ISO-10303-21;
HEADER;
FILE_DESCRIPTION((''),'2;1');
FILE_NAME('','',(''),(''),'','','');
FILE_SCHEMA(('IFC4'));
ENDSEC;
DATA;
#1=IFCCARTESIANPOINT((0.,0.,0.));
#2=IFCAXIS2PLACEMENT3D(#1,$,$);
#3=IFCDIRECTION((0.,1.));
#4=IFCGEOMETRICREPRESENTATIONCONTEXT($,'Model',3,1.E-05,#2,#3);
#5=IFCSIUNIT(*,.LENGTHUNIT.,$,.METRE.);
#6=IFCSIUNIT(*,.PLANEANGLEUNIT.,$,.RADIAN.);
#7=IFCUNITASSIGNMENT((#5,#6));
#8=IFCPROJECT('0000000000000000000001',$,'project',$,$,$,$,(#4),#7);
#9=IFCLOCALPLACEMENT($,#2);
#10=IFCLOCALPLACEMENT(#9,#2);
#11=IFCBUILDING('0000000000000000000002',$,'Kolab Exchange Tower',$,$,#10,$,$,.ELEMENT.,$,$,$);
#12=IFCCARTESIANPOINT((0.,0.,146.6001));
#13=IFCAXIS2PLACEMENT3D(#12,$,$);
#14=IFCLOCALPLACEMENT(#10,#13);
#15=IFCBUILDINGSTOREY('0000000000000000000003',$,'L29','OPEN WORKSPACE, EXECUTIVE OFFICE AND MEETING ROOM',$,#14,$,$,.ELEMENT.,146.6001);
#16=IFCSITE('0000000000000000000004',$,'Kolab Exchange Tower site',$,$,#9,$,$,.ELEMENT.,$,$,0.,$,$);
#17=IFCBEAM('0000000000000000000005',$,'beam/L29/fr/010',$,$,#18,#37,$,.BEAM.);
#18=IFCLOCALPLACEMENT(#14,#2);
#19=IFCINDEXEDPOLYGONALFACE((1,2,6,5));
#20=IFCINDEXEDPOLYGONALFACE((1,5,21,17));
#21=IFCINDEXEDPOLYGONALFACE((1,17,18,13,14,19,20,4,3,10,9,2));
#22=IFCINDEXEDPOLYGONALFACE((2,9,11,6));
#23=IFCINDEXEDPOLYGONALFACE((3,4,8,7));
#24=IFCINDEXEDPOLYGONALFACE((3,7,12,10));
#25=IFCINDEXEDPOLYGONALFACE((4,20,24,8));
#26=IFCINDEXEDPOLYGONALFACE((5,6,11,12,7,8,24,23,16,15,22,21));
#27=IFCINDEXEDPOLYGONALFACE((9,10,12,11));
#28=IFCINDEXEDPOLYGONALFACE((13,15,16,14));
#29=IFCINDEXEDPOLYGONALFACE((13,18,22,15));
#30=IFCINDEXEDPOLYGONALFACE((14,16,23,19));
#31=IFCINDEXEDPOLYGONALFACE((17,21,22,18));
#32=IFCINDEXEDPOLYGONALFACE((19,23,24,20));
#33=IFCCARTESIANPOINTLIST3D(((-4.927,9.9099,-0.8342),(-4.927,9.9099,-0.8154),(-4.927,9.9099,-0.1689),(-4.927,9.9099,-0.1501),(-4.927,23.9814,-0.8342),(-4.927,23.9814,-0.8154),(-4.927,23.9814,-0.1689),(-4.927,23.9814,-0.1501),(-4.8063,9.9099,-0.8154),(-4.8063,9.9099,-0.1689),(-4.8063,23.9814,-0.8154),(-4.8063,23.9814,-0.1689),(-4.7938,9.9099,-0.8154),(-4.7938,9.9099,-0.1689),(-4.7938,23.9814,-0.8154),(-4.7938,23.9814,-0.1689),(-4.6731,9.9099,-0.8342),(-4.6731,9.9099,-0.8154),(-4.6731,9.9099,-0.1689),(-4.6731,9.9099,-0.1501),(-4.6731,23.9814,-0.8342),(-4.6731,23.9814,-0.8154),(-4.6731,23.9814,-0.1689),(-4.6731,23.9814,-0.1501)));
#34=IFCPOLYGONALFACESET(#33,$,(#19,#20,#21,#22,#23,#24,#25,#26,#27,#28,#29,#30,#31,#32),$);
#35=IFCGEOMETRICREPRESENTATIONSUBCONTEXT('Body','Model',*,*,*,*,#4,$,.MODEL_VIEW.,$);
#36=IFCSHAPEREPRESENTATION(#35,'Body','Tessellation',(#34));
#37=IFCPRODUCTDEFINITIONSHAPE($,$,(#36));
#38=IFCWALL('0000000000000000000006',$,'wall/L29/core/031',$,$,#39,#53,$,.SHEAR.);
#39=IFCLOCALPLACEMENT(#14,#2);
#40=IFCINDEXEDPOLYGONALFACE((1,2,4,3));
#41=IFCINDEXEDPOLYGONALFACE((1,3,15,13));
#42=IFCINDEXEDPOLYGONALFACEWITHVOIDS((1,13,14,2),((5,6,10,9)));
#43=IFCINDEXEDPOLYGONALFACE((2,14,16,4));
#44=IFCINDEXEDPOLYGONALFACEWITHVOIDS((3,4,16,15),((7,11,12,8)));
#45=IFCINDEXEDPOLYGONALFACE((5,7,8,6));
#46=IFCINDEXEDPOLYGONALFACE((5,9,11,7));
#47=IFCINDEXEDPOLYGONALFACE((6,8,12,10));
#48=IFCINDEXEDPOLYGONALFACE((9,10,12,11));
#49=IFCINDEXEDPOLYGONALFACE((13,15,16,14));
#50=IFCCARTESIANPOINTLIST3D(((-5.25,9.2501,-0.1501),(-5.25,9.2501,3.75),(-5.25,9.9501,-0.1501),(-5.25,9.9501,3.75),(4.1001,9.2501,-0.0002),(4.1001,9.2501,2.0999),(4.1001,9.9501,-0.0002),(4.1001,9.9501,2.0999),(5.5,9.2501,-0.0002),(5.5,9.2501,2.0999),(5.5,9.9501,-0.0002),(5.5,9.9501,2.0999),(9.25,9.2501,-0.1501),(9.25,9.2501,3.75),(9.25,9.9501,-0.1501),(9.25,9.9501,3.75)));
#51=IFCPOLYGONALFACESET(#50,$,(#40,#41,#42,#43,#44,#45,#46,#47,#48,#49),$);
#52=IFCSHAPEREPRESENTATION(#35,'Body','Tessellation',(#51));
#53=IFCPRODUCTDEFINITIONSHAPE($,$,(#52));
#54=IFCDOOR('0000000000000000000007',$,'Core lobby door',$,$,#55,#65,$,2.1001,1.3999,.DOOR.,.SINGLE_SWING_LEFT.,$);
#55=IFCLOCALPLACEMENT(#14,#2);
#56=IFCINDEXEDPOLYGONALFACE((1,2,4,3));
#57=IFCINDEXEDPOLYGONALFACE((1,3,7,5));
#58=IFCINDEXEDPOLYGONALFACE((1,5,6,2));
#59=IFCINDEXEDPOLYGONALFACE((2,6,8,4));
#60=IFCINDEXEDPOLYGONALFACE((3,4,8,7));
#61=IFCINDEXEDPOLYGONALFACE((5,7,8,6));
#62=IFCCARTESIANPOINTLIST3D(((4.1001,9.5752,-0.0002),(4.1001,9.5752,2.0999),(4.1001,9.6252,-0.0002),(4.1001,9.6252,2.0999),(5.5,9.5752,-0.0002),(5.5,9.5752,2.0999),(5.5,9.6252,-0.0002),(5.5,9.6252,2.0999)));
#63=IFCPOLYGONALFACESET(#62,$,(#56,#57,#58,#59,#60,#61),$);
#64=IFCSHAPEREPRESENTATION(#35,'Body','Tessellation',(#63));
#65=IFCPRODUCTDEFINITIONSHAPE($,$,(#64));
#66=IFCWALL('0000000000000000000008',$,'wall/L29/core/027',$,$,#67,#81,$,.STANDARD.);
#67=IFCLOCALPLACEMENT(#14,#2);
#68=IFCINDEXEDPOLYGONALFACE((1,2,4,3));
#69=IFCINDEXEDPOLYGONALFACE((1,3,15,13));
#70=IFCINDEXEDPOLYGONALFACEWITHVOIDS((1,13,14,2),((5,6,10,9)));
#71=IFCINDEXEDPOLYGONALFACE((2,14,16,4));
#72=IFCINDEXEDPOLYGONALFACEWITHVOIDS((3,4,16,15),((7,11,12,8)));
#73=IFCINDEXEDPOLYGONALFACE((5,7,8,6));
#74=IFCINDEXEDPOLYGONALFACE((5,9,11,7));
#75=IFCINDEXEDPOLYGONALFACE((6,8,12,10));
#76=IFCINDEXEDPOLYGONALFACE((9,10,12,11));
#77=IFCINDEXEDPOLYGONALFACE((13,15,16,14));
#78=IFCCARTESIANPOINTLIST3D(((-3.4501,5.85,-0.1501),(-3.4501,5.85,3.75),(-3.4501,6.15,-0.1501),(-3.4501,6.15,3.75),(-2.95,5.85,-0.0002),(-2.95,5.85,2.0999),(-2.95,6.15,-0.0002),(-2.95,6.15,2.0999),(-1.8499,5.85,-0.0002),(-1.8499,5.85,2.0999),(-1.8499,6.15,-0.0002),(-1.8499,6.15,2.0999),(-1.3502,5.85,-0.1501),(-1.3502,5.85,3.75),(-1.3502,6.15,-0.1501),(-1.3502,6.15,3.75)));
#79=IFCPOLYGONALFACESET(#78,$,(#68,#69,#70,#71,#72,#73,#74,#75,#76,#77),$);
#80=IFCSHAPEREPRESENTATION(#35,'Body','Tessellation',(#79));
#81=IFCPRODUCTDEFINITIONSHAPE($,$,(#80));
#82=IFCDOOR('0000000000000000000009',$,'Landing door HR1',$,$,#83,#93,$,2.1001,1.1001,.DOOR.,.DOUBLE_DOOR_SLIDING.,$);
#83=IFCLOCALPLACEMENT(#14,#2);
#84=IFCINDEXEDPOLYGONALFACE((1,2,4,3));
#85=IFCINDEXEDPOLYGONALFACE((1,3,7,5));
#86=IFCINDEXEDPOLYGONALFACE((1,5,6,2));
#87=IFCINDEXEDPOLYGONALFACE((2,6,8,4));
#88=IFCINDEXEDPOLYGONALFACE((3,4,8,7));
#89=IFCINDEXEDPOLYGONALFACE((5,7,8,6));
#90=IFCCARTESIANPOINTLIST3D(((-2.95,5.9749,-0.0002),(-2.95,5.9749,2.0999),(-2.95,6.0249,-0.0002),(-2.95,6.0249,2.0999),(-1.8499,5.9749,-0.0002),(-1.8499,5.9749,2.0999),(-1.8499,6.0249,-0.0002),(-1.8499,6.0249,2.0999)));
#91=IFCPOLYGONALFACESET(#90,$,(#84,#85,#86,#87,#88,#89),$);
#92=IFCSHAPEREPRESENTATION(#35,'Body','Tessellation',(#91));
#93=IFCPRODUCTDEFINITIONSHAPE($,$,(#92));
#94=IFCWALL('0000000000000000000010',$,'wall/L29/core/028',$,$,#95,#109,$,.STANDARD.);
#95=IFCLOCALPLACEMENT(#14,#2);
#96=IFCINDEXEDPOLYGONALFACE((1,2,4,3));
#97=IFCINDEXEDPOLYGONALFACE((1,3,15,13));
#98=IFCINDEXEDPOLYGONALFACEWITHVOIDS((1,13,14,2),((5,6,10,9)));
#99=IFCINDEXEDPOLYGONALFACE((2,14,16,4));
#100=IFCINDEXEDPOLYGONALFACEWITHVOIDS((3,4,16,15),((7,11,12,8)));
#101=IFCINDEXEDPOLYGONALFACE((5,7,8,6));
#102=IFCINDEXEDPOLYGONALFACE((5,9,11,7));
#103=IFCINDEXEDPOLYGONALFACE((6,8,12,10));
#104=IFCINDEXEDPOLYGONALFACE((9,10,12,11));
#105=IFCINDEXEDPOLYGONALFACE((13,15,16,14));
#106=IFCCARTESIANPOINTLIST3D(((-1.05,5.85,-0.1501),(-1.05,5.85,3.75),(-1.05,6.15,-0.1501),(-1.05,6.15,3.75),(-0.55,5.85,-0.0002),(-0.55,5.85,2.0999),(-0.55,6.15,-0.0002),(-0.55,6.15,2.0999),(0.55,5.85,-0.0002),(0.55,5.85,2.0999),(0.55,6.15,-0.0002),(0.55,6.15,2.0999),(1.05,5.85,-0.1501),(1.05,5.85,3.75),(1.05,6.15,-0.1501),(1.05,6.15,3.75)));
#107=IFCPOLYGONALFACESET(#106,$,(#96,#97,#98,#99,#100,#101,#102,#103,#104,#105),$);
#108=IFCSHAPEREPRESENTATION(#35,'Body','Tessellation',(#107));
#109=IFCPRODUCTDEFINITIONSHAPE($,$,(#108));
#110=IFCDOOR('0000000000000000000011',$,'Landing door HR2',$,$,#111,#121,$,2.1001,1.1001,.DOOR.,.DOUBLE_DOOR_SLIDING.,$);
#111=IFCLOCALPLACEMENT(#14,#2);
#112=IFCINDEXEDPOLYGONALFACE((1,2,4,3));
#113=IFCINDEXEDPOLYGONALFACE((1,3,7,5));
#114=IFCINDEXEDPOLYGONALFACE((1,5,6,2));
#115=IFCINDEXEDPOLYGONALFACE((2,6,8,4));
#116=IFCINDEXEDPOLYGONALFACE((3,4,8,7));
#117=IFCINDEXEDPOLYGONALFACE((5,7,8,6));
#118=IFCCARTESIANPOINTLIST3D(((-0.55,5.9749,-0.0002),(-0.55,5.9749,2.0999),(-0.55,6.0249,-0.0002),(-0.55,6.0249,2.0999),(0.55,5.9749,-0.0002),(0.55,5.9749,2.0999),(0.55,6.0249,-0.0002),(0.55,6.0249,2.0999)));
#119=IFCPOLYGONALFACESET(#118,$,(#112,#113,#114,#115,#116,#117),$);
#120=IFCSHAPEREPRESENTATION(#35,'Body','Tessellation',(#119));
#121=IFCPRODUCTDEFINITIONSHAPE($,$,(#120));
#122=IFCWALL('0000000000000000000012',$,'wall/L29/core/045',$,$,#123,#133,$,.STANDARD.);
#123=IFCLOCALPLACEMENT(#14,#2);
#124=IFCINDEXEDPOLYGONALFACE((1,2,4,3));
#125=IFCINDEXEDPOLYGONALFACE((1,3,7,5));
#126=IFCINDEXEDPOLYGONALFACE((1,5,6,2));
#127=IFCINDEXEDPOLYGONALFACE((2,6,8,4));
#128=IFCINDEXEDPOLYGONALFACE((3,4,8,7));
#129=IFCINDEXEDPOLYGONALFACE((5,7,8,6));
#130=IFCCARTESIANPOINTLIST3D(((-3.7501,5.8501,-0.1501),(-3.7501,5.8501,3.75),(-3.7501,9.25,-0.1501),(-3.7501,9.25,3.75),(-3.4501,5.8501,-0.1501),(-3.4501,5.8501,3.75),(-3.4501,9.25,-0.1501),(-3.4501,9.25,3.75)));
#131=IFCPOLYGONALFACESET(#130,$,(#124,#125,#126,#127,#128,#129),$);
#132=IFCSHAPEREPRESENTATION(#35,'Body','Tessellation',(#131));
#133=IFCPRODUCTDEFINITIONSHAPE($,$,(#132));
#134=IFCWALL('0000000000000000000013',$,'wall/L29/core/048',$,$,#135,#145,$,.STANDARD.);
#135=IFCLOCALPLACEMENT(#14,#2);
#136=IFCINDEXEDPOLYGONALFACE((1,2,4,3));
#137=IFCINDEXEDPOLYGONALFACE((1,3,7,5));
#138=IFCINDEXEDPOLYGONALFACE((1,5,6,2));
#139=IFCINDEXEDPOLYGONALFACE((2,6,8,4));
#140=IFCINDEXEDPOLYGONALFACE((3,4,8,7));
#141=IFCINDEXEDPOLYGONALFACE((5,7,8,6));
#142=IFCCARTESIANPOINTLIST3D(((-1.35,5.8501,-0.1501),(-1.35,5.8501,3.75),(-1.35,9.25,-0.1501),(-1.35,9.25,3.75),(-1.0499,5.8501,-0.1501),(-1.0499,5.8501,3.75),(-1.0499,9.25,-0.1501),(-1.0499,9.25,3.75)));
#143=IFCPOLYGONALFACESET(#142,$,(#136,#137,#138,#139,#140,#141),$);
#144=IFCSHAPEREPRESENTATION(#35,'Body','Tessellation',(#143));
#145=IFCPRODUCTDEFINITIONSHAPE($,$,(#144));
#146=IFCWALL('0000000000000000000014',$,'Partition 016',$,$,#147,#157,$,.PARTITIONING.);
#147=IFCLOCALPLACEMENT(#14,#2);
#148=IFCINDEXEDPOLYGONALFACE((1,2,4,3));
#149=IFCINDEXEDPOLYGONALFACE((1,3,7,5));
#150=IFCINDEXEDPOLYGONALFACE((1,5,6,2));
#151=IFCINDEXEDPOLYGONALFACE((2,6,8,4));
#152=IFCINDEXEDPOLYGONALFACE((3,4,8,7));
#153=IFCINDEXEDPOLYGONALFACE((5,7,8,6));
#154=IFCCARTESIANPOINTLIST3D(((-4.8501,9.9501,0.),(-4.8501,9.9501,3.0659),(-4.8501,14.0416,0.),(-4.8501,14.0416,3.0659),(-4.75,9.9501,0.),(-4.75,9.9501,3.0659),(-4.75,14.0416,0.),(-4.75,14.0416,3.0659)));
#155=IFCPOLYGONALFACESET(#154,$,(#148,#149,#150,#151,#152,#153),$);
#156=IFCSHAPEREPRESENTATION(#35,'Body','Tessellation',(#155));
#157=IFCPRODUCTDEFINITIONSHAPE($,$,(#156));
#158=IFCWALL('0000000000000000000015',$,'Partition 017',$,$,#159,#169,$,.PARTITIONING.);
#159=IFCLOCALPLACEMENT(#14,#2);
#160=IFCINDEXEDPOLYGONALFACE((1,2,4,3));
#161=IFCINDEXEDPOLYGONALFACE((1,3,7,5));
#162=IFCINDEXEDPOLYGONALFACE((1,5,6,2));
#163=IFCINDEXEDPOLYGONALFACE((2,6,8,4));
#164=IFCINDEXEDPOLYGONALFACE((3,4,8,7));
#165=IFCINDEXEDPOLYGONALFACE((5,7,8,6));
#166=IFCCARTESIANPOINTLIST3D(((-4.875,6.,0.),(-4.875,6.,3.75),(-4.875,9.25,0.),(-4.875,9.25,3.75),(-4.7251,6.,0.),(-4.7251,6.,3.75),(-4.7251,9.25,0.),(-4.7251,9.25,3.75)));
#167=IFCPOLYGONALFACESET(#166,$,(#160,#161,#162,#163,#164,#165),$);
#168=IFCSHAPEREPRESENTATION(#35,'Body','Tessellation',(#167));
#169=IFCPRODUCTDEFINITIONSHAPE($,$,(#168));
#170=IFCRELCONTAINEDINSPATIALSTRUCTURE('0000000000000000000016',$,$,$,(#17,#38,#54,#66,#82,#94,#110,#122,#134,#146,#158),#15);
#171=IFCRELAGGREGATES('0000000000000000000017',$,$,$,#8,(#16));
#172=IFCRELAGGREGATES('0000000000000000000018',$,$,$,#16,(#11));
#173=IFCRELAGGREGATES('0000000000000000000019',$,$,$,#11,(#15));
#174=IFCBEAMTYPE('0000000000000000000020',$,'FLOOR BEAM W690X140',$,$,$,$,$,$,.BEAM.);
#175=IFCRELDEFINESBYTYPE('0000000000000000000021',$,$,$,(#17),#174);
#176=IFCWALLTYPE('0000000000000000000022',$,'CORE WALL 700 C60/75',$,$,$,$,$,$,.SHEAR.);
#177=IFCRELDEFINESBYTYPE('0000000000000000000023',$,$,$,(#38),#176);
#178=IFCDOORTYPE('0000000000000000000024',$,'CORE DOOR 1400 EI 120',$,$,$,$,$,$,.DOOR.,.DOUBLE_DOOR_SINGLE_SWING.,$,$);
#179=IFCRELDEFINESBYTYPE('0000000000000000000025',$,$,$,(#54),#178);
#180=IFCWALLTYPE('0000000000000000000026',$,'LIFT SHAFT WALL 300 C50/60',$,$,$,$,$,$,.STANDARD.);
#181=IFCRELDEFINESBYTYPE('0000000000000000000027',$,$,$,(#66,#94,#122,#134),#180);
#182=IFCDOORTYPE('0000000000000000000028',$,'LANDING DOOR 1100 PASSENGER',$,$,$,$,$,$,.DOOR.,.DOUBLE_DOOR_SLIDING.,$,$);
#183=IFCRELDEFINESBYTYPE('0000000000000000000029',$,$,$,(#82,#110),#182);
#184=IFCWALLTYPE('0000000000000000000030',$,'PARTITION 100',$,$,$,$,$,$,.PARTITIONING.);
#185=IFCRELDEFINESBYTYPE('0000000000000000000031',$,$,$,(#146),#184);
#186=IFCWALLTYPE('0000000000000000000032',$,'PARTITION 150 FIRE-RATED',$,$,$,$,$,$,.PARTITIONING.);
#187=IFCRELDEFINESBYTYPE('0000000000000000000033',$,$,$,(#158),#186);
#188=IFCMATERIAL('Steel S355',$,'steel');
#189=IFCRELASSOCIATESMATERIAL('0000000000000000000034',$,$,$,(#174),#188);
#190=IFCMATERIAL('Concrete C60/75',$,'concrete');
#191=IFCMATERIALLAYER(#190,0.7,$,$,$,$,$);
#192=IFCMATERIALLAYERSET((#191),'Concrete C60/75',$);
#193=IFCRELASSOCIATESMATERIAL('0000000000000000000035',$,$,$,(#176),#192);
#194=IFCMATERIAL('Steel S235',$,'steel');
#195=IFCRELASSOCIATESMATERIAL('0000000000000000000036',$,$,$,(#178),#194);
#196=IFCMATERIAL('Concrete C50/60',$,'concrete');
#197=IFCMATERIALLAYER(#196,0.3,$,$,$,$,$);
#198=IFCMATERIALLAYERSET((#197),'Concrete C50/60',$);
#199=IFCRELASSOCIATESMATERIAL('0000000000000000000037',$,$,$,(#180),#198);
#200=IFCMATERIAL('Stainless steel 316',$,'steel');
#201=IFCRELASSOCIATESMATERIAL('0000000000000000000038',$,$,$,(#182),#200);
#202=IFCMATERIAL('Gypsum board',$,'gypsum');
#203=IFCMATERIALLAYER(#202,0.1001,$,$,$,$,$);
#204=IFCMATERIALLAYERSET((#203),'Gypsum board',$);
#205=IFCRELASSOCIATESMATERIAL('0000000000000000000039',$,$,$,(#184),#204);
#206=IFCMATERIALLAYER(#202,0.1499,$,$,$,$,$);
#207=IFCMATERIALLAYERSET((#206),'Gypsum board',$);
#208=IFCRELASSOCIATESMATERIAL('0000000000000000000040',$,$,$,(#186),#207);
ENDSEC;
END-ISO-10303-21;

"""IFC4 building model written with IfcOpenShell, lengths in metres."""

from ifc_helpers import new_model, si_unit, direction, frame, frame_2d, origin, origin_2d, place, context, subcontext, project, spatial, rectangle, i_section, extrude, material, layer, layer_set, material_profile, profile_set, type_object, element, fill, save


model = new_model("IFC4")

# Units and contexts
model_context = context("Model", 3, precision=1e-05, world=origin(), true_north=direction((0.0, 1.0)))
body_context = subcontext(model_context, "Body", "Model", "MODEL_VIEW")
ifc_project = project(units=[si_unit("LENGTHUNIT", "METRE"), si_unit("PLANEANGLEUNIT", "RADIAN")], contexts=[model_context])

# Site, building, storey
site_placement = place(None, origin())
site = spatial("IfcSite", under=ifc_project, at=site_placement, Name="Kolab Exchange Tower site", CompositionType="ELEMENT", RefElevation=0.0)
building_placement = place(site_placement, origin())
building = spatial("IfcBuilding", under=site, at=building_placement, Name="Kolab Exchange Tower", CompositionType="ELEMENT")
storey_placement = place(building_placement, frame((0.0, 0.0, 146.6001)))
storey = spatial("IfcBuildingStorey", under=building, at=storey_placement, Name="L29", Description="OPEN WORKSPACE, EXECUTIVE OFFICE AND MEETING ROOM", CompositionType="ELEMENT", Elevation=146.6001)

# Beam
ifc_material_1 = material(Name="Steel S355", Category="steel")
ifc_material_profile = material_profile(ifc_material_1, i_section(OverallWidth=0.2539, OverallDepth=0.6841, WebThickness=0.0125, FlangeThickness=0.0188, at=origin_2d()), Name="W690X140")
ifc_profile_set = profile_set([ifc_material_profile], Name="Steel S355")
beam_type = type_object("IfcBeamType", Name="FLOOR BEAM W690X140", PredefinedType="BEAM", material=ifc_profile_set)
beam_placement = place(storey_placement, frame((-4.8, 9.9099, -0.4922), z_axis=(0.0, 1.0, 0.0), x_axis=(-1.0, 0.0, 0.0)))
element("IfcBeam", 1, at=beam_placement, inside=storey, type_object=beam_type, Name="beam/L29/fr/010", PredefinedType="BEAM", context=body_context, shape_type="SweptSolid", body=[
    extrude(i_section(OverallWidth=0.2539, OverallDepth=0.6841, WebThickness=0.0125, FlangeThickness=0.0188, at=origin_2d()), origin(), (0.0, 0.0, 1.0), 14.0715),
])

# Walls, openings, doors
ifc_material_2 = material(Name="Concrete C60/75", Category="concrete")
ifc_layer_1 = layer(ifc_material_2, 0.7)
ifc_layer_set_1 = layer_set([ifc_layer_1], Name="Concrete C60/75")
wall_type_1 = type_object("IfcWallType", Name="CORE WALL 700 C60/75", PredefinedType="SHEAR", material=ifc_layer_set_1)
wall_1_placement = place(storey_placement, frame((-5.25, 9.6001, -0.1501), z_axis=(0.0, 0.0, 1.0), x_axis=(1.0, 0.0, 0.0)))
wall_1 = element("IfcWall", 2, at=wall_1_placement, inside=storey, type_object=wall_type_1, Name="wall/L29/core/031", PredefinedType="SHEAR", context=body_context, shape_type="SweptSolid", body=[
    extrude(rectangle(XDim=14.5, YDim=0.7, at=frame_2d((7.25, 0.0))), origin(), (0.0, 0.0, 1.0), 3.9001),
])
opening_1_placement = place(wall_1_placement, frame((9.3501, 0.0, 0.1499)))
opening_1 = element("IfcOpeningElement", 3, at=opening_1_placement, cuts=wall_1, PredefinedType="OPENING", context=body_context, shape_type="SweptSolid", body=[
    extrude(rectangle(XDim=1.3999, YDim=2.1001, at=frame_2d((0.7, 1.05))), frame((0.0, 0.3599, 0.0), z_axis=(0.0, -1.0, 0.0), x_axis=(1.0, 0.0, 0.0)), (0.0, 0.0, 1.0), 0.72),
])
ifc_material_3 = material(Name="Steel S235", Category="steel")
door_type_1 = type_object("IfcDoorType", Name="CORE DOOR 1400 EI 120", OperationType="DOUBLE_DOOR_SINGLE_SWING", PredefinedType="DOOR", material=ifc_material_3)
door_1_placement = place(opening_1_placement, frame((1.3999, 0.0, 0.0), z_axis=(0.0, 0.0, 1.0), x_axis=(-1.0, 0.0, 0.0)))
door_1 = element("IfcDoor", 4, at=door_1_placement, inside=storey, type_object=door_type_1, Name="Core lobby door", OperationType="SINGLE_SWING_LEFT", OverallHeight=2.1001, OverallWidth=1.3999, PredefinedType="DOOR", context=body_context, shape_type="SweptSolid", body=[
    extrude(rectangle(XDim=1.3999, YDim=2.1001, at=frame_2d((0.7, 1.05))), frame((0.0, 0.0249, 0.0), z_axis=(0.0, -1.0, 0.0), x_axis=(1.0, 0.0, 0.0)), (0.0, 0.0, 1.0), 0.05),
])
fill(opening_1, door_1)
ifc_material_4 = material(Name="Concrete C50/60", Category="concrete")
ifc_layer_2 = layer(ifc_material_4, 0.3)
ifc_layer_set_2 = layer_set([ifc_layer_2], Name="Concrete C50/60")
wall_type_2 = type_object("IfcWallType", Name="LIFT SHAFT WALL 300 C50/60", PredefinedType="STANDARD", material=ifc_layer_set_2)
wall_2_placement = place(storey_placement, frame((-3.45, 6.0, -0.1501), z_axis=(0.0, 0.0, 1.0), x_axis=(1.0, 0.0, 0.0)))
wall_2 = element("IfcWall", 5, at=wall_2_placement, inside=storey, type_object=wall_type_2, Name="wall/L29/core/027", PredefinedType="STANDARD", context=body_context, shape_type="SweptSolid", body=[
    extrude(rectangle(XDim=2.0999, YDim=0.3, at=frame_2d((1.0498, 0.0))), origin(), (0.0, 0.0, 1.0), 3.9001),
])
opening_2_placement = place(wall_2_placement, frame((0.5, 0.0, 0.1499)))
opening_2 = element("IfcOpeningElement", 6, at=opening_2_placement, cuts=wall_2, PredefinedType="OPENING", context=body_context, shape_type="SweptSolid", body=[
    extrude(rectangle(XDim=1.1001, YDim=2.1001, at=frame_2d((0.55, 1.05))), frame((0.0, 0.1602, 0.0), z_axis=(0.0, -1.0, 0.0), x_axis=(1.0, 0.0, 0.0)), (0.0, 0.0, 1.0), 0.3201),
])
ifc_material_5 = material(Name="Stainless steel 316", Category="steel")
door_type_2 = type_object("IfcDoorType", Name="LANDING DOOR 1100 PASSENGER", OperationType="DOUBLE_DOOR_SLIDING", PredefinedType="DOOR", material=ifc_material_5)
door_2_placement = place(opening_2_placement, origin())
door_2 = element("IfcDoor", 7, at=door_2_placement, inside=storey, type_object=door_type_2, Name="Landing door HR1", OperationType="DOUBLE_DOOR_SLIDING", OverallHeight=2.1001, OverallWidth=1.1001, PredefinedType="DOOR", context=body_context, shape_type="SweptSolid", body=[
    extrude(rectangle(XDim=1.1001, YDim=2.1001, at=frame_2d((0.55, 1.05))), frame((0.0, 0.0249, 0.0), z_axis=(0.0, -1.0, 0.0), x_axis=(1.0, 0.0, 0.0)), (0.0, 0.0, 1.0), 0.05),
])
fill(opening_2, door_2)
wall_3_placement = place(storey_placement, frame((-1.05, 6.0, -0.1501), z_axis=(0.0, 0.0, 1.0), x_axis=(1.0, 0.0, 0.0)))
wall_3 = element("IfcWall", 8, at=wall_3_placement, inside=storey, type_object=wall_type_2, Name="wall/L29/core/028", PredefinedType="STANDARD", context=body_context, shape_type="SweptSolid", body=[
    extrude(rectangle(XDim=2.1001, YDim=0.3, at=frame_2d((1.05, 0.0))), origin(), (0.0, 0.0, 1.0), 3.9001),
])
opening_3_placement = place(wall_3_placement, frame((0.5, 0.0, 0.1499)))
opening_3 = element("IfcOpeningElement", 9, at=opening_3_placement, cuts=wall_3, PredefinedType="OPENING", context=body_context, shape_type="SweptSolid", body=[
    extrude(rectangle(XDim=1.1001, YDim=2.1001, at=frame_2d((0.55, 1.05))), frame((0.0, 0.1602, 0.0), z_axis=(0.0, -1.0, 0.0), x_axis=(1.0, 0.0, 0.0)), (0.0, 0.0, 1.0), 0.3201),
])
door_3_placement = place(opening_3_placement, origin())
door_3 = element("IfcDoor", 10, at=door_3_placement, inside=storey, type_object=door_type_2, Name="Landing door HR2", OperationType="DOUBLE_DOOR_SLIDING", OverallHeight=2.1001, OverallWidth=1.1001, PredefinedType="DOOR", context=body_context, shape_type="SweptSolid", body=[
    extrude(rectangle(XDim=1.1001, YDim=2.1001, at=frame_2d((0.55, 1.05))), frame((0.0, 0.0249, 0.0), z_axis=(0.0, -1.0, 0.0), x_axis=(1.0, 0.0, 0.0)), (0.0, 0.0, 1.0), 0.05),
])
fill(opening_3, door_3)

# Walls
for number, where, z_axis, x_axis, name in (
    (11, (-3.6001, 5.8501, -0.1501), (0.0, 0.0, 1.0), (0.0, 1.0, 0.0), "wall/L29/core/045"),
    (12, (-1.2, 5.8501, -0.1501), (0.0, 0.0, 1.0), (0.0, 1.0, 0.0), "wall/L29/core/048"),
):
    element("IfcWall", number, at=place(storey_placement, frame(where, z_axis=z_axis, x_axis=x_axis)), inside=storey, type_object=wall_type_2, Name=name, PredefinedType="STANDARD", context=body_context, shape_type="SweptSolid", body=[
        extrude(rectangle(XDim=3.3999, YDim=0.3, at=frame_2d((1.7, 0.0))), origin(), (0.0, 0.0, 1.0), 3.9001),
    ])
ifc_material_6 = material(Name="Gypsum board", Category="gypsum")
ifc_layer_3 = layer(ifc_material_6, 0.1001)
ifc_layer_set_3 = layer_set([ifc_layer_3], Name="Gypsum board")
wall_type_3 = type_object("IfcWallType", Name="PARTITION 100", PredefinedType="PARTITIONING", material=ifc_layer_set_3)
wall_4_placement = place(storey_placement, frame((-4.8, 9.95, 0.0), z_axis=(0.0, 0.0, 1.0), x_axis=(0.0, 1.0, 0.0)))
element("IfcWall", 13, at=wall_4_placement, inside=storey, type_object=wall_type_3, Name="Partition 016", PredefinedType="PARTITIONING", context=body_context, shape_type="SweptSolid", body=[
    extrude(rectangle(XDim=4.0916, YDim=0.1001, at=frame_2d((2.0459, 0.0))), origin(), (0.0, 0.0, 1.0), 3.0659),
])
ifc_layer_4 = layer(ifc_material_6, 0.1499)
ifc_layer_set_4 = layer_set([ifc_layer_4], Name="Gypsum board")
wall_type_4 = type_object("IfcWallType", Name="PARTITION 150 FIRE-RATED", PredefinedType="PARTITIONING", material=ifc_layer_set_4)
wall_5_placement = place(storey_placement, frame((-4.8, 6.0, 0.0), z_axis=(0.0, 0.0, 1.0), x_axis=(0.0, 1.0, 0.0)))
element("IfcWall", 14, at=wall_5_placement, inside=storey, type_object=wall_type_4, Name="Partition 017", PredefinedType="PARTITIONING", context=body_context, shape_type="SweptSolid", body=[
    extrude(rectangle(XDim=3.25, YDim=0.1499, at=frame_2d((1.625, 0.0))), origin(), (0.0, 0.0, 1.0), 3.75),
])

save(model, "model.ifc")
